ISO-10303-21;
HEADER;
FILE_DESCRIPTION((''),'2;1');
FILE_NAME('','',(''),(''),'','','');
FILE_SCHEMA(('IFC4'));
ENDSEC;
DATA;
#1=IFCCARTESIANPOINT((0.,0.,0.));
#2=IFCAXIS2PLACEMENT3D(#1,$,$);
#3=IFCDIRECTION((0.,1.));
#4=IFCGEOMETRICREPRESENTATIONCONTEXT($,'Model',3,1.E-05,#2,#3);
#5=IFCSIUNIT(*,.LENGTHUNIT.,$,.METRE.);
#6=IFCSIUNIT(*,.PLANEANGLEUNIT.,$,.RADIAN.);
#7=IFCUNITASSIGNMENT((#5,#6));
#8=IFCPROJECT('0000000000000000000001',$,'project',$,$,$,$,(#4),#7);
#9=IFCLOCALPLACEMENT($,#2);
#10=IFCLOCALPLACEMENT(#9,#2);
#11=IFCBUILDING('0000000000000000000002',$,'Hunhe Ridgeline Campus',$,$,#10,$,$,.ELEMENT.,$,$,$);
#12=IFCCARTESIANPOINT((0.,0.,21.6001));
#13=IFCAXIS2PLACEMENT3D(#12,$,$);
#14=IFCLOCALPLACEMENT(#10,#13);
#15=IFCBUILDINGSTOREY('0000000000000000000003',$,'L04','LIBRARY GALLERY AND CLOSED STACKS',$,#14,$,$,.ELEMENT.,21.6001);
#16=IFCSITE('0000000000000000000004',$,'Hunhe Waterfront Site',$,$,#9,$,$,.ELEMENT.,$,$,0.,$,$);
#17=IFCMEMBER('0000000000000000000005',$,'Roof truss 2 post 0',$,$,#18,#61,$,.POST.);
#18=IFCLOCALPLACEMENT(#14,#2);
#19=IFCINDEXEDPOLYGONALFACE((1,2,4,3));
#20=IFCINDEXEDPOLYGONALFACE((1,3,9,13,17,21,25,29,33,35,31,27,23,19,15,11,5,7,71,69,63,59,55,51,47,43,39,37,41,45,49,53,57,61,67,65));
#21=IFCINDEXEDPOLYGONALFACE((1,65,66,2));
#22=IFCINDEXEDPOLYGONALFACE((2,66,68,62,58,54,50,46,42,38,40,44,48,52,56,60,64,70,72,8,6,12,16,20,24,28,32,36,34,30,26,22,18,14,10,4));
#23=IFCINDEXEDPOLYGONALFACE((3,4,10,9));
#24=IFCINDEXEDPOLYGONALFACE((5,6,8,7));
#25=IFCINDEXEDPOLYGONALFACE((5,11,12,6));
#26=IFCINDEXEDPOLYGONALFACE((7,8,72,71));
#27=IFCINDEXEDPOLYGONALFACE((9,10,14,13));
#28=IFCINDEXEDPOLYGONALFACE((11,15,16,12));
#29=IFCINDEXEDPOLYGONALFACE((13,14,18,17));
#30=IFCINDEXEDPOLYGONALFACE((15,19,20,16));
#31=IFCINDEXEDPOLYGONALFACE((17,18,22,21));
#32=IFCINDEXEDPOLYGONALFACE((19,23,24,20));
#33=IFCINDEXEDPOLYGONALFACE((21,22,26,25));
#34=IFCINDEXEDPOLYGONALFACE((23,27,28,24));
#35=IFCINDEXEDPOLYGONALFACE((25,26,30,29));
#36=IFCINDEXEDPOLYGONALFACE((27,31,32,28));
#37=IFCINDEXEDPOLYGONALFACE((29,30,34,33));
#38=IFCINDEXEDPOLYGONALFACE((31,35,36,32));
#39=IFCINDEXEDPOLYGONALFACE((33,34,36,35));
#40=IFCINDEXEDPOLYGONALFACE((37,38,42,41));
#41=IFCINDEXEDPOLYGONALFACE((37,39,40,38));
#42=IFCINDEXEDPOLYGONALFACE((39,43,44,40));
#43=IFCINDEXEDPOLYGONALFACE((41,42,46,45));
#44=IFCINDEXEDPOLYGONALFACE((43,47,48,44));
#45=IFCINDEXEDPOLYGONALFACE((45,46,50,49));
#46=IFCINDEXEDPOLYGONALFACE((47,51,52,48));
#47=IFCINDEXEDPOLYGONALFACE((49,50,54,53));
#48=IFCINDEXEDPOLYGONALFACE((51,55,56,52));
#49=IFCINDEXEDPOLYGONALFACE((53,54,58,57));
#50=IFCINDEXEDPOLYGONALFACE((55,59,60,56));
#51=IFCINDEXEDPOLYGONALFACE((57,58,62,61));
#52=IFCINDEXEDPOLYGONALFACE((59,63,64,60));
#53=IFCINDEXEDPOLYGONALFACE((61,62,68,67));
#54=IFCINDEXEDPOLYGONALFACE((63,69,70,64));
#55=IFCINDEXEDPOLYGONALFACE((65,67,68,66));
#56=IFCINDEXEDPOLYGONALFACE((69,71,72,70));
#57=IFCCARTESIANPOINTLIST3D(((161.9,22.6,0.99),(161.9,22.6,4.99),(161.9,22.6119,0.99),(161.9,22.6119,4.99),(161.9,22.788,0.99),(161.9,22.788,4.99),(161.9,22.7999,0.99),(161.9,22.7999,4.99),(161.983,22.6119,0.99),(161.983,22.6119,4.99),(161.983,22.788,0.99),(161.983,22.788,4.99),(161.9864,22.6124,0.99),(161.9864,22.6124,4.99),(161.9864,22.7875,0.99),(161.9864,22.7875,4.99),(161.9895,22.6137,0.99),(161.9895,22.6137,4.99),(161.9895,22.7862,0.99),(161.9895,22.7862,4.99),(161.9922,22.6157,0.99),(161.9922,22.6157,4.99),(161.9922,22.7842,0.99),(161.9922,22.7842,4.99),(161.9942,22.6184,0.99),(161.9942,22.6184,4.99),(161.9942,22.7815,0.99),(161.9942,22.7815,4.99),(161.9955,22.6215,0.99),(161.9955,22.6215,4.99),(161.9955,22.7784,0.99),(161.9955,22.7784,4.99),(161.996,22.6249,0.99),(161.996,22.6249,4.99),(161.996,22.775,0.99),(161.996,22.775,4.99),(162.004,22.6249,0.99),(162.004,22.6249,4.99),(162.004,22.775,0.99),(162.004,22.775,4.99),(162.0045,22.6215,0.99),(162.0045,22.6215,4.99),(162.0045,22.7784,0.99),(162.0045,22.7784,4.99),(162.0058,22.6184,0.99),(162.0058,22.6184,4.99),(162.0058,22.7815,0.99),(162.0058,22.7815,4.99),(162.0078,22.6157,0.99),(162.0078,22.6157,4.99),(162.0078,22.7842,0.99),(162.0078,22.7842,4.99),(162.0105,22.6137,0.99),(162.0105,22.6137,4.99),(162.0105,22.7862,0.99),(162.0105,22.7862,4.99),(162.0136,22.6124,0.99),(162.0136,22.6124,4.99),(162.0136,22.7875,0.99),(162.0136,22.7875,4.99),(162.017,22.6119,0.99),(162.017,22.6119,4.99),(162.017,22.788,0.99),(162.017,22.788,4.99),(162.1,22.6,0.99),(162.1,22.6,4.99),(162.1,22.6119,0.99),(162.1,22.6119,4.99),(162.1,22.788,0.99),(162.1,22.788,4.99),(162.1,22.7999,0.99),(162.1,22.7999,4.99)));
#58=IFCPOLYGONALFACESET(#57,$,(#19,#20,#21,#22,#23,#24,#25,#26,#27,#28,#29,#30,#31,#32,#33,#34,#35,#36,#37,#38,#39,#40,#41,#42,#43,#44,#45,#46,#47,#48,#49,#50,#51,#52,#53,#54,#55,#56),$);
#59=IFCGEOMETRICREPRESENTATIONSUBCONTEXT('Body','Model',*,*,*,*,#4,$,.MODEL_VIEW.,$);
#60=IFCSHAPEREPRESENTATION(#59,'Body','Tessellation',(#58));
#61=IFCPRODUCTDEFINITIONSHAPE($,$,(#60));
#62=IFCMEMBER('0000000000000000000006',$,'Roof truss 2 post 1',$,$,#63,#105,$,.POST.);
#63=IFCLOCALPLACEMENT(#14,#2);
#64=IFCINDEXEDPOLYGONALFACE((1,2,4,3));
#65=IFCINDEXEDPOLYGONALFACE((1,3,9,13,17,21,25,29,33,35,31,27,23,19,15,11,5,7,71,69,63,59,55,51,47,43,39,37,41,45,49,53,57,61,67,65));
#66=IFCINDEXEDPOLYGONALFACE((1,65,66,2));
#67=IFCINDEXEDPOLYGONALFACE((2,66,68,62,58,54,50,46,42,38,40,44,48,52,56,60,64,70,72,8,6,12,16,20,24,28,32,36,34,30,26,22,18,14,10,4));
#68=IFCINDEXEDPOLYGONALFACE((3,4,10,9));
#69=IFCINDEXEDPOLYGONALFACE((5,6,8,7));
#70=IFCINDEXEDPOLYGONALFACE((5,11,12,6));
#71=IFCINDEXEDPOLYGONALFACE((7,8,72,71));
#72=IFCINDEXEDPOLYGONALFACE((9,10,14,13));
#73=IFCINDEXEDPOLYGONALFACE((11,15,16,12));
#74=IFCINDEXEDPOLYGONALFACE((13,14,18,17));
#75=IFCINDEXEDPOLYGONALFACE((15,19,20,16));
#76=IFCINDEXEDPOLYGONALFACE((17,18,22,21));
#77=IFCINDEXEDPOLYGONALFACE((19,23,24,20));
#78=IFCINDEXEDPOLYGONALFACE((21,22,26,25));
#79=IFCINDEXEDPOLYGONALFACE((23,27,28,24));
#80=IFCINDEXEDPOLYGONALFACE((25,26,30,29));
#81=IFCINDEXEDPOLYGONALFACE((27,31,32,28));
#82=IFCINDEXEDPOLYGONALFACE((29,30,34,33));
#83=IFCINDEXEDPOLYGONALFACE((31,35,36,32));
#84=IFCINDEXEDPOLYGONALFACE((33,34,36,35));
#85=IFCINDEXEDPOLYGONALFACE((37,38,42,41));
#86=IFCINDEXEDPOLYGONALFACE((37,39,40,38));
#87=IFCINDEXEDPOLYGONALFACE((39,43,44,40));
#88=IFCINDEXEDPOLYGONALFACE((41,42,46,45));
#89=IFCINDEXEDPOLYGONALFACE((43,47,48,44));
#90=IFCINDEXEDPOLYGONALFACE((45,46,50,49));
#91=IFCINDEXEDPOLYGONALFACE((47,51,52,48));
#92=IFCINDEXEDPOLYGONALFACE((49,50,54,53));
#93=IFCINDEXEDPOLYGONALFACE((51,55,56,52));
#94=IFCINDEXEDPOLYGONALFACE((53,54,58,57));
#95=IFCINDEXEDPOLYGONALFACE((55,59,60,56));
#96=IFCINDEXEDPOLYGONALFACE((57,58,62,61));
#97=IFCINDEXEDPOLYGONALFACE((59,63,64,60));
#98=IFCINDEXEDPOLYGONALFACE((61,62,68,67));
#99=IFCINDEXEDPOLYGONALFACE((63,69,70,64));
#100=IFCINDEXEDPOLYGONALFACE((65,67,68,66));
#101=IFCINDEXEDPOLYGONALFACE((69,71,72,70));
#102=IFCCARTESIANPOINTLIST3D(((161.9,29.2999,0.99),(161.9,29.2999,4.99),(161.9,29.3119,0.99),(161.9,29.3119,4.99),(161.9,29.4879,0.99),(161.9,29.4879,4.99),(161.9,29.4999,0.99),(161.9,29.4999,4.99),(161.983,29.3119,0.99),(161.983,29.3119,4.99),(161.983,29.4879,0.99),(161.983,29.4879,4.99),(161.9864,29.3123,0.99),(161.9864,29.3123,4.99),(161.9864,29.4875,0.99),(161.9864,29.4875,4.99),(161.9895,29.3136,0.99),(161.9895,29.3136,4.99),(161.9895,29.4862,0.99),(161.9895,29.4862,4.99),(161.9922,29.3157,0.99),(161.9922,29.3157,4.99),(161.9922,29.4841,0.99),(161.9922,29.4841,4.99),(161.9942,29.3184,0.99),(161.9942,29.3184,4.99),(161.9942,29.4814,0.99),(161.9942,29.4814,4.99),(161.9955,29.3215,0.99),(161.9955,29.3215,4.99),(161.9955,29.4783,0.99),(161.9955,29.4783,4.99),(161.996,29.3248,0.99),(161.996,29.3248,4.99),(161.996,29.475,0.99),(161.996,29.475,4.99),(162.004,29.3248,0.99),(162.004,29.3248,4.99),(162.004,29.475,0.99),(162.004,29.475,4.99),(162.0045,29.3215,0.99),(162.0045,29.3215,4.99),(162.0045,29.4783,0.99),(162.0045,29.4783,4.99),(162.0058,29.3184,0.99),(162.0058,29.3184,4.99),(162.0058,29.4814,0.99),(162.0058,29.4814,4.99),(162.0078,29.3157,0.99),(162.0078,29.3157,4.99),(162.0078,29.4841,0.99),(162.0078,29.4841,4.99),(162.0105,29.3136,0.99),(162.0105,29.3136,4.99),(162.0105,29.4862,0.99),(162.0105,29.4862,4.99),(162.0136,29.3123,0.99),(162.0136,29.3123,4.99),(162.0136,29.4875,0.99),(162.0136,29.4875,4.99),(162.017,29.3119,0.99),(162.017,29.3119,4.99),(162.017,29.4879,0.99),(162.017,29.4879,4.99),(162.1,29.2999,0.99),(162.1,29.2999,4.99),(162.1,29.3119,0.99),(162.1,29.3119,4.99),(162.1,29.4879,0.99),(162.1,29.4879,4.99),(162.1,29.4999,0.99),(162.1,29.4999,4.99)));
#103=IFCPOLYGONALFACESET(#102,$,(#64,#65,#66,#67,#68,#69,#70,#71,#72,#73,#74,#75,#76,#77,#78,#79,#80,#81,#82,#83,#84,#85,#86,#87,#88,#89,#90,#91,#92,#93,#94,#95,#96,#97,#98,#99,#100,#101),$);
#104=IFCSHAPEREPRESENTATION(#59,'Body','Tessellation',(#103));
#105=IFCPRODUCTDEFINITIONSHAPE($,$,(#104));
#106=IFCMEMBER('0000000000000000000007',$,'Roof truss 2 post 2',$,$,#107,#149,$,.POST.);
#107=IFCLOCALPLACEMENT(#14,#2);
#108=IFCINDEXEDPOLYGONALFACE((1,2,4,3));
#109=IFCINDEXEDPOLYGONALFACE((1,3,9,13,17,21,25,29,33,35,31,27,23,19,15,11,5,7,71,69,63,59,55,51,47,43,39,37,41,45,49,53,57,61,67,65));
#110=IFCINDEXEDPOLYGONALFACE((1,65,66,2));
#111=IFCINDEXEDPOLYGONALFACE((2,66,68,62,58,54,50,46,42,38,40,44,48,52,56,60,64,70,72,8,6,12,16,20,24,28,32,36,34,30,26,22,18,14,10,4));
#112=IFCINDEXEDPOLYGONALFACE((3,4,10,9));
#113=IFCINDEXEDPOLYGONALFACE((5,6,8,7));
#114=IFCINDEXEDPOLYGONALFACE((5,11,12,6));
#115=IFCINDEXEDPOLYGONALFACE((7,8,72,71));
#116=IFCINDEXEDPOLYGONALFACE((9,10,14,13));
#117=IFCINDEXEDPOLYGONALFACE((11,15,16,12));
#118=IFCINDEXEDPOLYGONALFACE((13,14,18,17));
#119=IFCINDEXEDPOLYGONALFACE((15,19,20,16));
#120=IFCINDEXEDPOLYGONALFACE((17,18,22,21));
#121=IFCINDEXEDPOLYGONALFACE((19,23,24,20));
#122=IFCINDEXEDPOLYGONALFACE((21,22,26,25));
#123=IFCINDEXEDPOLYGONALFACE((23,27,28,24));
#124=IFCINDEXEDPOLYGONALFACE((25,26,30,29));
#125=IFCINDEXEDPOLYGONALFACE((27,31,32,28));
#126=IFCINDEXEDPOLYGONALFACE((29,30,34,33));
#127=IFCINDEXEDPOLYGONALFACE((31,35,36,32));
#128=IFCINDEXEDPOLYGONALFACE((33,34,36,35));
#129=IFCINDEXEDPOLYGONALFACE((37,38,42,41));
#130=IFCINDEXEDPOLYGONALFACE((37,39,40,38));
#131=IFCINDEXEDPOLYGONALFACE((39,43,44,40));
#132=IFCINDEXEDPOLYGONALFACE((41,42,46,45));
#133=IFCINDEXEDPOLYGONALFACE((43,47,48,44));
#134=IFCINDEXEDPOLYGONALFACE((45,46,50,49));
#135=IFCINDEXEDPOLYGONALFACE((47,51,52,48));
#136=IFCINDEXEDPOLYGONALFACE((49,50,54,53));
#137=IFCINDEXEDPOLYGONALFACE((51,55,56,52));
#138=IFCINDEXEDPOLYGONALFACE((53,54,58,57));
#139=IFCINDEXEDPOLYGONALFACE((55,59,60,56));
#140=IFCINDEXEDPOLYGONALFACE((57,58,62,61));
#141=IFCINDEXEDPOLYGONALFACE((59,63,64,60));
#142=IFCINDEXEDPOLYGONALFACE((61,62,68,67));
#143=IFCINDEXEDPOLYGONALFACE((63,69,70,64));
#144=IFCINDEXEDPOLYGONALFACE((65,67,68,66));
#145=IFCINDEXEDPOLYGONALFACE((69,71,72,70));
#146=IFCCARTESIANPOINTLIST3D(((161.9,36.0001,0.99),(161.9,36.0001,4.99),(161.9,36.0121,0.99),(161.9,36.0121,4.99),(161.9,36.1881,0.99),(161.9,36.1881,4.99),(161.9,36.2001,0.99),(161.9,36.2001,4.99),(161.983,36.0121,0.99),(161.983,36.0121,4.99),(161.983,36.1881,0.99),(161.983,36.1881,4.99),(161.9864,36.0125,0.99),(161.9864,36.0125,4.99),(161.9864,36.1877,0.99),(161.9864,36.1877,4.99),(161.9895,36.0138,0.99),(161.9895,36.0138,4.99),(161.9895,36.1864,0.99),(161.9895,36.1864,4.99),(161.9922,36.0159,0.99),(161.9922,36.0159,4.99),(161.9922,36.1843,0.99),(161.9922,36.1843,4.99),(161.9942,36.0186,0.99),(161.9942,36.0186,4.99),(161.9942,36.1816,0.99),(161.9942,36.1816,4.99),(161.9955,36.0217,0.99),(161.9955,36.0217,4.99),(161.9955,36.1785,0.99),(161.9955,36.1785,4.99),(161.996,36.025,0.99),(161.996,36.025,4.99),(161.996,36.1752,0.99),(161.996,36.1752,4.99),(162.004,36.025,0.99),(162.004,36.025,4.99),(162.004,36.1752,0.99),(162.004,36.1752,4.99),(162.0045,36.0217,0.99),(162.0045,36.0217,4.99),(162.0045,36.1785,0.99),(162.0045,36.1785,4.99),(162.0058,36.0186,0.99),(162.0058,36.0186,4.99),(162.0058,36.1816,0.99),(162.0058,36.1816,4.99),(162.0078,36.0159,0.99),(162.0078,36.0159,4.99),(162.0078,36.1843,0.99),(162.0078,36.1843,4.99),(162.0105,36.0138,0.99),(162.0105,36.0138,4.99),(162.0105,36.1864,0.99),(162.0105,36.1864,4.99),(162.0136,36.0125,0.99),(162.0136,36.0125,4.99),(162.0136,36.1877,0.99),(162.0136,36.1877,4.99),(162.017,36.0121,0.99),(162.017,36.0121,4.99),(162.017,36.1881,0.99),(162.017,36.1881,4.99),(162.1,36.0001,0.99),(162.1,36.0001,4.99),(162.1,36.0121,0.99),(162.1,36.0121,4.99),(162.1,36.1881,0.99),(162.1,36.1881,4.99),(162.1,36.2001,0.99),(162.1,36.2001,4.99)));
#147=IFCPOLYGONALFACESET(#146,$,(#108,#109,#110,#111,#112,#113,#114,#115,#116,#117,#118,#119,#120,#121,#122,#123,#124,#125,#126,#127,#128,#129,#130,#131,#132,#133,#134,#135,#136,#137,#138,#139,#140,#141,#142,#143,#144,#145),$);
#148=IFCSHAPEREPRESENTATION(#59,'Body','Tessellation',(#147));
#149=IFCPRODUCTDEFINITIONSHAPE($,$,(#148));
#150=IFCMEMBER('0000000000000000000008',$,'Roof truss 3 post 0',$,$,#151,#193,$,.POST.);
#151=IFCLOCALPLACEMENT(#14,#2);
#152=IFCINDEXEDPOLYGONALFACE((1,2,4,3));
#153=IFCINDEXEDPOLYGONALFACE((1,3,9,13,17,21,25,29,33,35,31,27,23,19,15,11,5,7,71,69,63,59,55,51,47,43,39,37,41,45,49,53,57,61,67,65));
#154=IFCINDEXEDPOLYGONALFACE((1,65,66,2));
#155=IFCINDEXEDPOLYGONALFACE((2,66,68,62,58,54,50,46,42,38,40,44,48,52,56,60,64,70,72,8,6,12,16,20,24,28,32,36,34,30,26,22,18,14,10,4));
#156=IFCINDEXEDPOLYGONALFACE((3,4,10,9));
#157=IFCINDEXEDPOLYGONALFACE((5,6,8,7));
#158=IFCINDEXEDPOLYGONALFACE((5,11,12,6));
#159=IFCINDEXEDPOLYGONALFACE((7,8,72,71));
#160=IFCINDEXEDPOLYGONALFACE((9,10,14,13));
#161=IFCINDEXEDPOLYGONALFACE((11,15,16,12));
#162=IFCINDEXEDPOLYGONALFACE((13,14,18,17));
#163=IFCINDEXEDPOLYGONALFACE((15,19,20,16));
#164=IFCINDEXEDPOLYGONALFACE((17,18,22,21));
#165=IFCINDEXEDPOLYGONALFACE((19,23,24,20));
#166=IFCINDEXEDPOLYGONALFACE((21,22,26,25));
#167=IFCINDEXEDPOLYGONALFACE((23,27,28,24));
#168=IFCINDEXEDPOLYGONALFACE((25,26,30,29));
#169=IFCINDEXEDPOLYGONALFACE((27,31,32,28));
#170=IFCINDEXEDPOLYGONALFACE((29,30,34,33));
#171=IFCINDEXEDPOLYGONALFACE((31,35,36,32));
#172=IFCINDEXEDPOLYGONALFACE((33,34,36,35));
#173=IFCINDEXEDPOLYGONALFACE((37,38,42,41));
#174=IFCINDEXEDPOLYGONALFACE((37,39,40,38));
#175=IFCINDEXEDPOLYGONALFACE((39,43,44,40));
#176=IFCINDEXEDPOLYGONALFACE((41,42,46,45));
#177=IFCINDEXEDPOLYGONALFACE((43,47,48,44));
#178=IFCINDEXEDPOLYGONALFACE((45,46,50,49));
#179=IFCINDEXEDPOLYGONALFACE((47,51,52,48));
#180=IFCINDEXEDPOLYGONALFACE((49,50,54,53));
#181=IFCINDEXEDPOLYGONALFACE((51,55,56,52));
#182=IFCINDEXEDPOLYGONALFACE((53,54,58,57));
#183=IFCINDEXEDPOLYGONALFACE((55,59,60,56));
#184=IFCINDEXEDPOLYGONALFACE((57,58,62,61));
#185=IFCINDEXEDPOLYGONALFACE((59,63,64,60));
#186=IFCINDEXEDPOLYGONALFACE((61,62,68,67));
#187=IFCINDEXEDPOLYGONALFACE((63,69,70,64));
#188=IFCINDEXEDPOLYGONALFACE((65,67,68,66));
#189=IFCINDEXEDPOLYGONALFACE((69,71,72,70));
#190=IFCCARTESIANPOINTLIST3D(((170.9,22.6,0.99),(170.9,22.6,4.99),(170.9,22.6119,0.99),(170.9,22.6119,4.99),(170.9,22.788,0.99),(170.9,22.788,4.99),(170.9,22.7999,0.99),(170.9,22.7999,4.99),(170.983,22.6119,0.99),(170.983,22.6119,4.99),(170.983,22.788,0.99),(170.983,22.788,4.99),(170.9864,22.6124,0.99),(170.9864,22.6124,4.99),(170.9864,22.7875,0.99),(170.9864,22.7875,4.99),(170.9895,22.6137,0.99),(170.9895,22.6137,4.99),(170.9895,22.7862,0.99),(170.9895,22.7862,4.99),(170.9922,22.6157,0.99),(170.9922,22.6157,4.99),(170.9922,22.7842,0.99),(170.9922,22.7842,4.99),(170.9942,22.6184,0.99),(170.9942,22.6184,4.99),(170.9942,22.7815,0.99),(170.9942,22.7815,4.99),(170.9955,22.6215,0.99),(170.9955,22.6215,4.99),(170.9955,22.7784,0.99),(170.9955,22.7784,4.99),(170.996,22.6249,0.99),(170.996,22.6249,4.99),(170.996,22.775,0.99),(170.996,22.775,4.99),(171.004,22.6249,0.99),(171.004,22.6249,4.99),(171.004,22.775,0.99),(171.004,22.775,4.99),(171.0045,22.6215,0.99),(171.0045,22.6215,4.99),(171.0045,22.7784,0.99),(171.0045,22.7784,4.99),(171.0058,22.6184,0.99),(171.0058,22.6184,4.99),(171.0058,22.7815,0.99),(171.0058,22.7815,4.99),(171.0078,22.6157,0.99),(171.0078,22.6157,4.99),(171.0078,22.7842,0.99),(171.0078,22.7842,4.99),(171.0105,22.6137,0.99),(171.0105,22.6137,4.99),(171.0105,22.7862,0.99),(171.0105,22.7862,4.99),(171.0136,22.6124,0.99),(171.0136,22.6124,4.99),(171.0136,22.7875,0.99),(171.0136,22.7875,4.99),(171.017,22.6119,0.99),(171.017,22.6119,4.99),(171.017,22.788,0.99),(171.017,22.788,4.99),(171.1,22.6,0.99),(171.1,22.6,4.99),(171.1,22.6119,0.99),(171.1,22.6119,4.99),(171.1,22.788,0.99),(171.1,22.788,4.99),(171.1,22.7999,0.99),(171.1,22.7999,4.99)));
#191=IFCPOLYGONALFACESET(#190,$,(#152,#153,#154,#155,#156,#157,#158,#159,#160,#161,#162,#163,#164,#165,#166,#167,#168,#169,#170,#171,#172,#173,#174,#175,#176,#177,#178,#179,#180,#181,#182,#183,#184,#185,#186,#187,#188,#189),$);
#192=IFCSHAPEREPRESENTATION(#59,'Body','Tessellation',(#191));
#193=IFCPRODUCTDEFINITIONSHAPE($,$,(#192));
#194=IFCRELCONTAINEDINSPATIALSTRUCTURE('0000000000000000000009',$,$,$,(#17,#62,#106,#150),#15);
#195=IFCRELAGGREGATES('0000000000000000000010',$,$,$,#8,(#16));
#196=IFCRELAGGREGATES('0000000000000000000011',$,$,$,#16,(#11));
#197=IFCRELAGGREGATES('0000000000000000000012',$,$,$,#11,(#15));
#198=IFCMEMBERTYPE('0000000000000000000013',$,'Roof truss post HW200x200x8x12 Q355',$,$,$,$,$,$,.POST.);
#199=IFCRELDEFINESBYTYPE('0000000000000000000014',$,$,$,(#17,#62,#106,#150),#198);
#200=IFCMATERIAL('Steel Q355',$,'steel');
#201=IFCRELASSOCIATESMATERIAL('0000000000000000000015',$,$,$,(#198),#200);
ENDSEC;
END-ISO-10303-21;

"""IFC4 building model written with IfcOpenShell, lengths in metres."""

from ifc_helpers import new_model, si_unit, direction, frame, origin, origin_2d, place, context, subcontext, project, spatial, i_section, extrude, material, material_profile, profile_set, type_object, element, save


model = new_model("IFC4")

# Units and contexts
model_context = context("Model", 3, precision=1e-05, world=origin(), true_north=direction((0.0, 1.0)))
body_context = subcontext(model_context, "Body", "Model", "MODEL_VIEW")
ifc_project = project(units=[si_unit("LENGTHUNIT", "METRE"), si_unit("PLANEANGLEUNIT", "RADIAN")], contexts=[model_context])

# Site, building, storey
site_placement = place(None, origin())
site = spatial("IfcSite", under=ifc_project, at=site_placement, Name="Hunhe Waterfront Site", CompositionType="ELEMENT", RefElevation=0.0)
building_placement = place(site_placement, origin())
building = spatial("IfcBuilding", under=site, at=building_placement, Name="Hunhe Ridgeline Campus", CompositionType="ELEMENT")
storey_placement = place(building_placement, frame((0.0, 0.0, 21.6001)))
storey = spatial("IfcBuildingStorey", under=building, at=storey_placement, Name="L04", Description="LIBRARY GALLERY AND CLOSED STACKS", CompositionType="ELEMENT", Elevation=21.6001)

# Members
ifc_material_1 = material(Name="Steel Q355", Category="steel")
ifc_material_profile_1 = material_profile(ifc_material_1, i_section(OverallWidth=0.2, OverallDepth=0.2, WebThickness=0.0081, FlangeThickness=0.012, FilletRadius=0.0129, at=origin_2d()))
ifc_profile_set_1 = profile_set([ifc_material_profile_1], Name="Steel Q355")
member_type_1 = type_object("IfcMemberType", Name="Roof truss post HW200x200x8x12 Q355", PredefinedType="POST", material=ifc_profile_set_1)
for number, where, z_axis, x_axis, name in (
    (1, (162.0, 22.7, 0.99), (0.0, 0.0, 1.0), (1.0, 0.0, 0.0), "Roof truss 2 post 0"),
    (2, (162.0, 29.3999, 0.99), (0.0, 0.0, 1.0), (1.0, 0.0, 0.0), "Roof truss 2 post 1"),
    (3, (162.0, 36.1001, 0.99), (0.0, 0.0, 1.0), (1.0, 0.0, 0.0), "Roof truss 2 post 2"),
    (4, (171.0, 22.7, 0.99), (0.0, 0.0, 1.0), (1.0, 0.0, 0.0), "Roof truss 3 post 0"),
):
    element("IfcMember", number, at=place(storey_placement, frame(where, z_axis=z_axis, x_axis=x_axis)), inside=storey, type_object=member_type_1, Name=name, PredefinedType="POST", context=body_context, shape_type="SweptSolid", body=[
        extrude(i_section(OverallWidth=0.2, OverallDepth=0.2, WebThickness=0.0081, FlangeThickness=0.012, FilletRadius=0.0129, at=origin_2d()), origin(), (0.0, 0.0, 1.0), 4.0),
    ])

save(model, "model.ifc")
